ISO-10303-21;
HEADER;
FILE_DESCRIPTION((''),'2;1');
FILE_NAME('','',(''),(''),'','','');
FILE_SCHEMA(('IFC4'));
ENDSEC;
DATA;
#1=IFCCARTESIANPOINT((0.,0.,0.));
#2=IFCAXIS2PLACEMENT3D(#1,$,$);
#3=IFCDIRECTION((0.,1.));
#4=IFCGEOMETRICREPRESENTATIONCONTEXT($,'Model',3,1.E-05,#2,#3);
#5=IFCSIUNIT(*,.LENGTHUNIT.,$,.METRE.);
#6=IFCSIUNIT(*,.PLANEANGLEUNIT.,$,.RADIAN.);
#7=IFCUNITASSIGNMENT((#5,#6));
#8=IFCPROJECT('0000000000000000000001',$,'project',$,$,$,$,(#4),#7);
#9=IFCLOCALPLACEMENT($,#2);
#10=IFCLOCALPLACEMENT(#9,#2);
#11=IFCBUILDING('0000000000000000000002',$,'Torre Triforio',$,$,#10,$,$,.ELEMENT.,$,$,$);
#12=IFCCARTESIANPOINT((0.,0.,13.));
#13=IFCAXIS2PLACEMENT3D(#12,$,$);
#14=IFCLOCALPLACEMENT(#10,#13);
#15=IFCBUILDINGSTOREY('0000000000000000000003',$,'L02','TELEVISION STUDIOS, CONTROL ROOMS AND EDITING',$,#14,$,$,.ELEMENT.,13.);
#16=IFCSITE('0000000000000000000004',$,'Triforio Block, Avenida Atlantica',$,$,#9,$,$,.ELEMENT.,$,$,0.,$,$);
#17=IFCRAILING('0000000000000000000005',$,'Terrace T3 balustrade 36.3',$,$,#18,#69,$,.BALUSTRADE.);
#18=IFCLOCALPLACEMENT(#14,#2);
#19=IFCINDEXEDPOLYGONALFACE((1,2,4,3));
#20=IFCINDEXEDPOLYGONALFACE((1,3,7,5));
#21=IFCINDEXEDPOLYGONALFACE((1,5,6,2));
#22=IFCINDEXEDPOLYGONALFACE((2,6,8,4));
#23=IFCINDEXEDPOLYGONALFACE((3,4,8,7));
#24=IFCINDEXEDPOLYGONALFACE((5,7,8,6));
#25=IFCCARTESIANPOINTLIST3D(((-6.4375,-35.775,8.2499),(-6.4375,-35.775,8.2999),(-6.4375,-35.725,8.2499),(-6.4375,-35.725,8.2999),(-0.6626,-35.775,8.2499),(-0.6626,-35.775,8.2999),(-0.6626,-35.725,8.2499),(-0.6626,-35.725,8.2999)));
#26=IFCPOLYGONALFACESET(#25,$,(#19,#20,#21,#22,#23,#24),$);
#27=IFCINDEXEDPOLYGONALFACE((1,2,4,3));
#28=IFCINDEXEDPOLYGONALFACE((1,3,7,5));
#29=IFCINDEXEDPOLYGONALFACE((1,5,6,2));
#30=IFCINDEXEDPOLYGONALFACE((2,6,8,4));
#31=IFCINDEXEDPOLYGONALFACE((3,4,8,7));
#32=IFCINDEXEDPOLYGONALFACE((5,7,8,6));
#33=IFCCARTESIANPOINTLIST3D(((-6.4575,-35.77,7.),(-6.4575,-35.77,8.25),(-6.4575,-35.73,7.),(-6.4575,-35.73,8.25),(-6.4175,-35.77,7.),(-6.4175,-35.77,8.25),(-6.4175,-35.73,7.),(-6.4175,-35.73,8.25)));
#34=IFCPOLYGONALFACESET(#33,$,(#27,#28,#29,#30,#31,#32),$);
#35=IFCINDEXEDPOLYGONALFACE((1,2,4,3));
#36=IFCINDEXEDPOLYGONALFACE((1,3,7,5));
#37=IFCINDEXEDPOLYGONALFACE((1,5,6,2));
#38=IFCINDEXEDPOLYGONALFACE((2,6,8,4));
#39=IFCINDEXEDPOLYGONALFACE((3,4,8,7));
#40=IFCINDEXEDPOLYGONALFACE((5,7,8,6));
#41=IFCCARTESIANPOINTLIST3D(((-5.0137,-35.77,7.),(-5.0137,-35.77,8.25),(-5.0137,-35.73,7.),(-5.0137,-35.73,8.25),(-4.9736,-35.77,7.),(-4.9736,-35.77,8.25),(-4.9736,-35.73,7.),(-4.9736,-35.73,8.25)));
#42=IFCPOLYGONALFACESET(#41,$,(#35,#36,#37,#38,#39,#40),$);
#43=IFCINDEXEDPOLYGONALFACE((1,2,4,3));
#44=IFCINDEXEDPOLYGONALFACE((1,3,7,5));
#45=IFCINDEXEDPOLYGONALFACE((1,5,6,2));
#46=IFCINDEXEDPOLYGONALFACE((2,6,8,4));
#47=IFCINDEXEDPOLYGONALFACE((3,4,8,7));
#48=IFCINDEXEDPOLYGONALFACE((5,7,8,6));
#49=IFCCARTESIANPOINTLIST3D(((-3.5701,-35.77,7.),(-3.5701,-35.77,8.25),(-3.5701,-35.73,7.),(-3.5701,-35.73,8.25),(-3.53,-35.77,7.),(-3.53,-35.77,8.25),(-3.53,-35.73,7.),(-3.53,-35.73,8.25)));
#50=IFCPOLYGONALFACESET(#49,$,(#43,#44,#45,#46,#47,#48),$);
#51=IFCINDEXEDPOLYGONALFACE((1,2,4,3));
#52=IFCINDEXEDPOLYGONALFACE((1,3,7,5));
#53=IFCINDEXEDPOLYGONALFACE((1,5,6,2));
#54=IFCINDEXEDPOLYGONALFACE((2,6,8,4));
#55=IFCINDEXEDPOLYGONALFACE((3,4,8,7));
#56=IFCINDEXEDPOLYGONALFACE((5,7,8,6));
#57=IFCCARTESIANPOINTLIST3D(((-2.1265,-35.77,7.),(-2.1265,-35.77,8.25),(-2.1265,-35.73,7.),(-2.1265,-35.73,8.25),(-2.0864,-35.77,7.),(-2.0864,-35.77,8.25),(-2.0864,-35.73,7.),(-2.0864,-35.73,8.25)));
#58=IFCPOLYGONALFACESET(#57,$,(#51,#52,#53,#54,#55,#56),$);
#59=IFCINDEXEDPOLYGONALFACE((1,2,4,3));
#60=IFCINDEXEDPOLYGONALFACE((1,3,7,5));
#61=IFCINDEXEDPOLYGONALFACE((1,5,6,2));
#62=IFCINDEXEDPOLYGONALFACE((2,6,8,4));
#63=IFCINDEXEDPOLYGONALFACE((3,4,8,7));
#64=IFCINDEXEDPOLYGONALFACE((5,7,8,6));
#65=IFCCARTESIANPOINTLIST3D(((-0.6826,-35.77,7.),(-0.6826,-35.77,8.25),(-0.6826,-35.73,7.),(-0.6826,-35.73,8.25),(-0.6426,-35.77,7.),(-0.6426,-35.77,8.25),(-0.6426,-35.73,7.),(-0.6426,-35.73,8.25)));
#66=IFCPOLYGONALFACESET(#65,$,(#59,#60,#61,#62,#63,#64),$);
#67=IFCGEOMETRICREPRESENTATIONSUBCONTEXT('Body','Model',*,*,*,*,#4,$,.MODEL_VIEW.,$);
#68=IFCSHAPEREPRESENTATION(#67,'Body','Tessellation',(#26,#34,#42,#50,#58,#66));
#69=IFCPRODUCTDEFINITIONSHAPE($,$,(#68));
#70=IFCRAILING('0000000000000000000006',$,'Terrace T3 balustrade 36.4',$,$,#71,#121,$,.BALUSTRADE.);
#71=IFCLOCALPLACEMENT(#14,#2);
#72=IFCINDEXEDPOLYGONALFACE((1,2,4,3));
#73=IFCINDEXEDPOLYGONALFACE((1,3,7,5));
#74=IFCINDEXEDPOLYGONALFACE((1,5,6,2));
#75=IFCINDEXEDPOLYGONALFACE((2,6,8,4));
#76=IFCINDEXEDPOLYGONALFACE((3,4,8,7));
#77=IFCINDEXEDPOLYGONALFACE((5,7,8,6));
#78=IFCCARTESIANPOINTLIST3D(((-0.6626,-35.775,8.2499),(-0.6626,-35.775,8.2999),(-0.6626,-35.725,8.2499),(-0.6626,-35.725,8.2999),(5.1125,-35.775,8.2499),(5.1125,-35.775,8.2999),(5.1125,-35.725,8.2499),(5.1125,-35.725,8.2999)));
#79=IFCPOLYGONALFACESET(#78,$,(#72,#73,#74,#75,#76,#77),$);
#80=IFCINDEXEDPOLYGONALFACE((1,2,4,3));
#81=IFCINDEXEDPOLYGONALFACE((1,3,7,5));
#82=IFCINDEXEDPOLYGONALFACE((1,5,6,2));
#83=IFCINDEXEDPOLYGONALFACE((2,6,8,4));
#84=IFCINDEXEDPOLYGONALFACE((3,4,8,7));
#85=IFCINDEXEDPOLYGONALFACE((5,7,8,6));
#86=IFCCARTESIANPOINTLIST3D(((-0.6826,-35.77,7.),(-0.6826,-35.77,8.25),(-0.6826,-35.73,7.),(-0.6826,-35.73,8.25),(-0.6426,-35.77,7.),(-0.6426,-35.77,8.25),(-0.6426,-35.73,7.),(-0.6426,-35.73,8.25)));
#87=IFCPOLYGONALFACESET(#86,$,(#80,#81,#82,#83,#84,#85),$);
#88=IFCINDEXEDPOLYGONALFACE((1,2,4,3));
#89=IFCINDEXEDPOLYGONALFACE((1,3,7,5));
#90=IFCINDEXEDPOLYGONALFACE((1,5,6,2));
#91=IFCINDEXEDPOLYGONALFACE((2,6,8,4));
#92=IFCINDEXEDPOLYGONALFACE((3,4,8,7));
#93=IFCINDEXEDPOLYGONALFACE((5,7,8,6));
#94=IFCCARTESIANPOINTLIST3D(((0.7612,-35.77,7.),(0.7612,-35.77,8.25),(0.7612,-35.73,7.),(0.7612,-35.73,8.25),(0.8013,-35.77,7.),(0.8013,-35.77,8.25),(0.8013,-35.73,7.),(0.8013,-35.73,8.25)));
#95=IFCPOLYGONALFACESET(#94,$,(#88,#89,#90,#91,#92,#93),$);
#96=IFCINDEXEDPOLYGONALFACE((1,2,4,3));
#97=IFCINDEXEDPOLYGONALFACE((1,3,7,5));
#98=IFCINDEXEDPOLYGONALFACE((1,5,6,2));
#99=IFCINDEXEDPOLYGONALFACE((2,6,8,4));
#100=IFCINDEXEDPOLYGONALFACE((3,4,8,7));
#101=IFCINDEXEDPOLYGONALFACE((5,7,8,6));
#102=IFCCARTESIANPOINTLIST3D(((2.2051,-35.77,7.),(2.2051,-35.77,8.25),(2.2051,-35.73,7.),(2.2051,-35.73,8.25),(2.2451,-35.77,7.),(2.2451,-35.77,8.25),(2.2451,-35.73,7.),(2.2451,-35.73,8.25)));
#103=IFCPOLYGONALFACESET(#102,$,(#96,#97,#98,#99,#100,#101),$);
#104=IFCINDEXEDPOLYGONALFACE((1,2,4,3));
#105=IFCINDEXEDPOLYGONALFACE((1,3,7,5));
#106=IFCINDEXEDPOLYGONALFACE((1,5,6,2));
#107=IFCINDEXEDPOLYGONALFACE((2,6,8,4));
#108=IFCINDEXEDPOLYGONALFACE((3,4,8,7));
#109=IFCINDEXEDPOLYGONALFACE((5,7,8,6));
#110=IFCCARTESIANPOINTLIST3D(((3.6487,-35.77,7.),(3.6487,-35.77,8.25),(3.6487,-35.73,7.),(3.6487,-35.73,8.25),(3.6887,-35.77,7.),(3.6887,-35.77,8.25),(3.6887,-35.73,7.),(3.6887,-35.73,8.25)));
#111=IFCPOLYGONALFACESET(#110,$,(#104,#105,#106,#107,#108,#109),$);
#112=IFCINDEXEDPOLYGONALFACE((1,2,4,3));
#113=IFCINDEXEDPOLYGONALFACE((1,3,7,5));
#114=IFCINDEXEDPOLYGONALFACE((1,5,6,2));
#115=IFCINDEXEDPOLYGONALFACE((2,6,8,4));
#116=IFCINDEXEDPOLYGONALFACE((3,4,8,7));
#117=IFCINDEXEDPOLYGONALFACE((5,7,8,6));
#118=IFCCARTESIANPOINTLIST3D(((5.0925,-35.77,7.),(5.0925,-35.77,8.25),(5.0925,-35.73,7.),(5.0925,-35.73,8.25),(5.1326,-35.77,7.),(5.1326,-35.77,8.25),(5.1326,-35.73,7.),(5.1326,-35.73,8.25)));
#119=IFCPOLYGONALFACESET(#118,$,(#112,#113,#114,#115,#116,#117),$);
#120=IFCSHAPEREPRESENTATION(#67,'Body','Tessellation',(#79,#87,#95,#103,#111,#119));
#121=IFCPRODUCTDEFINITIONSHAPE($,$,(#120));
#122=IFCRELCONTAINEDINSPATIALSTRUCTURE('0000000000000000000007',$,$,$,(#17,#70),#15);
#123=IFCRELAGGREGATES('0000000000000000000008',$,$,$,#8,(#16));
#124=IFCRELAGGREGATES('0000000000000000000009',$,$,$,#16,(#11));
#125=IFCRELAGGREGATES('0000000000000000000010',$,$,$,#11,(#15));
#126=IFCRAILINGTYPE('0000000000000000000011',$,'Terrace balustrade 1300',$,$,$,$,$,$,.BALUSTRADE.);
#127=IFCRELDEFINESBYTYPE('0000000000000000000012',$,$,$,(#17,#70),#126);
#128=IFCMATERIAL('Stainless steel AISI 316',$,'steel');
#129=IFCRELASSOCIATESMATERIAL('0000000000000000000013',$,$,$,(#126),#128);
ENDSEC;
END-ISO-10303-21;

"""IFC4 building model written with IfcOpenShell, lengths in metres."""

from ifc_helpers import new_model, si_unit, direction, frame, origin, origin_2d, place, context, subcontext, project, spatial, rectangle, extrude, material, type_object, element, save


model = new_model("IFC4")

# Units and contexts
model_context = context("Model", 3, precision=1e-05, world=origin(), true_north=direction((0.0, 1.0)))
body_context = subcontext(model_context, "Body", "Model", "MODEL_VIEW")
ifc_project = project(units=[si_unit("LENGTHUNIT", "METRE"), si_unit("PLANEANGLEUNIT", "RADIAN")], contexts=[model_context])

# Site, building, storey
site_placement = place(None, origin())
site = spatial("IfcSite", under=ifc_project, at=site_placement, Name="Triforio Block, Avenida Atlantica", CompositionType="ELEMENT", RefElevation=0.0)
building_placement = place(site_placement, origin())
building = spatial("IfcBuilding", under=site, at=building_placement, Name="Torre Triforio", CompositionType="ELEMENT")
storey_placement = place(building_placement, frame((0.0, 0.0, 13.0)))
storey = spatial("IfcBuildingStorey", under=building, at=storey_placement, Name="L02", Description="TELEVISION STUDIOS, CONTROL ROOMS AND EDITING", CompositionType="ELEMENT", Elevation=13.0)

# Railings
ifc_material_1 = material(Name="Stainless steel AISI 316", Category="steel")
railing_type = type_object("IfcRailingType", Name="Terrace balustrade 1300", PredefinedType="BALUSTRADE", material=ifc_material_1)
railing_1_placement = place(storey_placement, frame((-6.4375, -35.75, 7.0)))
element("IfcRailing", 1, at=railing_1_placement, inside=storey, type_object=railing_type, Name="Terrace T3 balustrade 36.3", PredefinedType="BALUSTRADE", context=body_context, shape_type="SweptSolid", body=[
    extrude(rectangle(XDim=0.05, YDim=0.05, at=origin_2d()), frame((0.0, 0.0, 1.2749), z_axis=(1.0, 0.0, 0.0), x_axis=(0.0, 1.0, 0.0)), (0.0, 0.0, 1.0), 5.7749),
    extrude(rectangle(XDim=0.04, YDim=0.04, at=origin_2d()), origin(), (0.0, 0.0, 1.0), 1.25),
    extrude(rectangle(XDim=0.04, YDim=0.04, at=origin_2d()), frame((1.4438, 0.0, 0.0)), (0.0, 0.0, 1.0), 1.25),
    extrude(rectangle(XDim=0.04, YDim=0.04, at=origin_2d()), frame((2.8875, 0.0, 0.0)), (0.0, 0.0, 1.0), 1.25),
    extrude(rectangle(XDim=0.04, YDim=0.04, at=origin_2d()), frame((4.3311, 0.0, 0.0)), (0.0, 0.0, 1.0), 1.25),
    extrude(rectangle(XDim=0.04, YDim=0.04, at=origin_2d()), frame((5.7749, 0.0, 0.0)), (0.0, 0.0, 1.0), 1.25),
])
railing_2_placement = place(storey_placement, frame((-0.6626, -35.75, 7.0)))
element("IfcRailing", 2, at=railing_2_placement, inside=storey, type_object=railing_type, Name="Terrace T3 balustrade 36.4", PredefinedType="BALUSTRADE", context=body_context, shape_type="SweptSolid", body=[
    extrude(rectangle(XDim=0.05, YDim=0.05, at=origin_2d()), frame((0.0, 0.0, 1.2749), z_axis=(1.0, 0.0, 0.0), x_axis=(0.0, 1.0, 0.0)), (0.0, 0.0, 1.0), 5.7751),
    extrude(rectangle(XDim=0.04, YDim=0.04, at=origin_2d()), origin(), (0.0, 0.0, 1.0), 1.25),
    extrude(rectangle(XDim=0.04, YDim=0.04, at=origin_2d()), frame((1.4438, 0.0, 0.0)), (0.0, 0.0, 1.0), 1.25),
    extrude(rectangle(XDim=0.04, YDim=0.04, at=origin_2d()), frame((2.8877, 0.0, 0.0)), (0.0, 0.0, 1.0), 1.25),
    extrude(rectangle(XDim=0.04, YDim=0.04, at=origin_2d()), frame((4.3313, 0.0, 0.0)), (0.0, 0.0, 1.0), 1.25),
    extrude(rectangle(XDim=0.04, YDim=0.04, at=origin_2d()), frame((5.7751, 0.0, 0.0)), (0.0, 0.0, 1.0), 1.25),
])

save(model, "model.ifc")
